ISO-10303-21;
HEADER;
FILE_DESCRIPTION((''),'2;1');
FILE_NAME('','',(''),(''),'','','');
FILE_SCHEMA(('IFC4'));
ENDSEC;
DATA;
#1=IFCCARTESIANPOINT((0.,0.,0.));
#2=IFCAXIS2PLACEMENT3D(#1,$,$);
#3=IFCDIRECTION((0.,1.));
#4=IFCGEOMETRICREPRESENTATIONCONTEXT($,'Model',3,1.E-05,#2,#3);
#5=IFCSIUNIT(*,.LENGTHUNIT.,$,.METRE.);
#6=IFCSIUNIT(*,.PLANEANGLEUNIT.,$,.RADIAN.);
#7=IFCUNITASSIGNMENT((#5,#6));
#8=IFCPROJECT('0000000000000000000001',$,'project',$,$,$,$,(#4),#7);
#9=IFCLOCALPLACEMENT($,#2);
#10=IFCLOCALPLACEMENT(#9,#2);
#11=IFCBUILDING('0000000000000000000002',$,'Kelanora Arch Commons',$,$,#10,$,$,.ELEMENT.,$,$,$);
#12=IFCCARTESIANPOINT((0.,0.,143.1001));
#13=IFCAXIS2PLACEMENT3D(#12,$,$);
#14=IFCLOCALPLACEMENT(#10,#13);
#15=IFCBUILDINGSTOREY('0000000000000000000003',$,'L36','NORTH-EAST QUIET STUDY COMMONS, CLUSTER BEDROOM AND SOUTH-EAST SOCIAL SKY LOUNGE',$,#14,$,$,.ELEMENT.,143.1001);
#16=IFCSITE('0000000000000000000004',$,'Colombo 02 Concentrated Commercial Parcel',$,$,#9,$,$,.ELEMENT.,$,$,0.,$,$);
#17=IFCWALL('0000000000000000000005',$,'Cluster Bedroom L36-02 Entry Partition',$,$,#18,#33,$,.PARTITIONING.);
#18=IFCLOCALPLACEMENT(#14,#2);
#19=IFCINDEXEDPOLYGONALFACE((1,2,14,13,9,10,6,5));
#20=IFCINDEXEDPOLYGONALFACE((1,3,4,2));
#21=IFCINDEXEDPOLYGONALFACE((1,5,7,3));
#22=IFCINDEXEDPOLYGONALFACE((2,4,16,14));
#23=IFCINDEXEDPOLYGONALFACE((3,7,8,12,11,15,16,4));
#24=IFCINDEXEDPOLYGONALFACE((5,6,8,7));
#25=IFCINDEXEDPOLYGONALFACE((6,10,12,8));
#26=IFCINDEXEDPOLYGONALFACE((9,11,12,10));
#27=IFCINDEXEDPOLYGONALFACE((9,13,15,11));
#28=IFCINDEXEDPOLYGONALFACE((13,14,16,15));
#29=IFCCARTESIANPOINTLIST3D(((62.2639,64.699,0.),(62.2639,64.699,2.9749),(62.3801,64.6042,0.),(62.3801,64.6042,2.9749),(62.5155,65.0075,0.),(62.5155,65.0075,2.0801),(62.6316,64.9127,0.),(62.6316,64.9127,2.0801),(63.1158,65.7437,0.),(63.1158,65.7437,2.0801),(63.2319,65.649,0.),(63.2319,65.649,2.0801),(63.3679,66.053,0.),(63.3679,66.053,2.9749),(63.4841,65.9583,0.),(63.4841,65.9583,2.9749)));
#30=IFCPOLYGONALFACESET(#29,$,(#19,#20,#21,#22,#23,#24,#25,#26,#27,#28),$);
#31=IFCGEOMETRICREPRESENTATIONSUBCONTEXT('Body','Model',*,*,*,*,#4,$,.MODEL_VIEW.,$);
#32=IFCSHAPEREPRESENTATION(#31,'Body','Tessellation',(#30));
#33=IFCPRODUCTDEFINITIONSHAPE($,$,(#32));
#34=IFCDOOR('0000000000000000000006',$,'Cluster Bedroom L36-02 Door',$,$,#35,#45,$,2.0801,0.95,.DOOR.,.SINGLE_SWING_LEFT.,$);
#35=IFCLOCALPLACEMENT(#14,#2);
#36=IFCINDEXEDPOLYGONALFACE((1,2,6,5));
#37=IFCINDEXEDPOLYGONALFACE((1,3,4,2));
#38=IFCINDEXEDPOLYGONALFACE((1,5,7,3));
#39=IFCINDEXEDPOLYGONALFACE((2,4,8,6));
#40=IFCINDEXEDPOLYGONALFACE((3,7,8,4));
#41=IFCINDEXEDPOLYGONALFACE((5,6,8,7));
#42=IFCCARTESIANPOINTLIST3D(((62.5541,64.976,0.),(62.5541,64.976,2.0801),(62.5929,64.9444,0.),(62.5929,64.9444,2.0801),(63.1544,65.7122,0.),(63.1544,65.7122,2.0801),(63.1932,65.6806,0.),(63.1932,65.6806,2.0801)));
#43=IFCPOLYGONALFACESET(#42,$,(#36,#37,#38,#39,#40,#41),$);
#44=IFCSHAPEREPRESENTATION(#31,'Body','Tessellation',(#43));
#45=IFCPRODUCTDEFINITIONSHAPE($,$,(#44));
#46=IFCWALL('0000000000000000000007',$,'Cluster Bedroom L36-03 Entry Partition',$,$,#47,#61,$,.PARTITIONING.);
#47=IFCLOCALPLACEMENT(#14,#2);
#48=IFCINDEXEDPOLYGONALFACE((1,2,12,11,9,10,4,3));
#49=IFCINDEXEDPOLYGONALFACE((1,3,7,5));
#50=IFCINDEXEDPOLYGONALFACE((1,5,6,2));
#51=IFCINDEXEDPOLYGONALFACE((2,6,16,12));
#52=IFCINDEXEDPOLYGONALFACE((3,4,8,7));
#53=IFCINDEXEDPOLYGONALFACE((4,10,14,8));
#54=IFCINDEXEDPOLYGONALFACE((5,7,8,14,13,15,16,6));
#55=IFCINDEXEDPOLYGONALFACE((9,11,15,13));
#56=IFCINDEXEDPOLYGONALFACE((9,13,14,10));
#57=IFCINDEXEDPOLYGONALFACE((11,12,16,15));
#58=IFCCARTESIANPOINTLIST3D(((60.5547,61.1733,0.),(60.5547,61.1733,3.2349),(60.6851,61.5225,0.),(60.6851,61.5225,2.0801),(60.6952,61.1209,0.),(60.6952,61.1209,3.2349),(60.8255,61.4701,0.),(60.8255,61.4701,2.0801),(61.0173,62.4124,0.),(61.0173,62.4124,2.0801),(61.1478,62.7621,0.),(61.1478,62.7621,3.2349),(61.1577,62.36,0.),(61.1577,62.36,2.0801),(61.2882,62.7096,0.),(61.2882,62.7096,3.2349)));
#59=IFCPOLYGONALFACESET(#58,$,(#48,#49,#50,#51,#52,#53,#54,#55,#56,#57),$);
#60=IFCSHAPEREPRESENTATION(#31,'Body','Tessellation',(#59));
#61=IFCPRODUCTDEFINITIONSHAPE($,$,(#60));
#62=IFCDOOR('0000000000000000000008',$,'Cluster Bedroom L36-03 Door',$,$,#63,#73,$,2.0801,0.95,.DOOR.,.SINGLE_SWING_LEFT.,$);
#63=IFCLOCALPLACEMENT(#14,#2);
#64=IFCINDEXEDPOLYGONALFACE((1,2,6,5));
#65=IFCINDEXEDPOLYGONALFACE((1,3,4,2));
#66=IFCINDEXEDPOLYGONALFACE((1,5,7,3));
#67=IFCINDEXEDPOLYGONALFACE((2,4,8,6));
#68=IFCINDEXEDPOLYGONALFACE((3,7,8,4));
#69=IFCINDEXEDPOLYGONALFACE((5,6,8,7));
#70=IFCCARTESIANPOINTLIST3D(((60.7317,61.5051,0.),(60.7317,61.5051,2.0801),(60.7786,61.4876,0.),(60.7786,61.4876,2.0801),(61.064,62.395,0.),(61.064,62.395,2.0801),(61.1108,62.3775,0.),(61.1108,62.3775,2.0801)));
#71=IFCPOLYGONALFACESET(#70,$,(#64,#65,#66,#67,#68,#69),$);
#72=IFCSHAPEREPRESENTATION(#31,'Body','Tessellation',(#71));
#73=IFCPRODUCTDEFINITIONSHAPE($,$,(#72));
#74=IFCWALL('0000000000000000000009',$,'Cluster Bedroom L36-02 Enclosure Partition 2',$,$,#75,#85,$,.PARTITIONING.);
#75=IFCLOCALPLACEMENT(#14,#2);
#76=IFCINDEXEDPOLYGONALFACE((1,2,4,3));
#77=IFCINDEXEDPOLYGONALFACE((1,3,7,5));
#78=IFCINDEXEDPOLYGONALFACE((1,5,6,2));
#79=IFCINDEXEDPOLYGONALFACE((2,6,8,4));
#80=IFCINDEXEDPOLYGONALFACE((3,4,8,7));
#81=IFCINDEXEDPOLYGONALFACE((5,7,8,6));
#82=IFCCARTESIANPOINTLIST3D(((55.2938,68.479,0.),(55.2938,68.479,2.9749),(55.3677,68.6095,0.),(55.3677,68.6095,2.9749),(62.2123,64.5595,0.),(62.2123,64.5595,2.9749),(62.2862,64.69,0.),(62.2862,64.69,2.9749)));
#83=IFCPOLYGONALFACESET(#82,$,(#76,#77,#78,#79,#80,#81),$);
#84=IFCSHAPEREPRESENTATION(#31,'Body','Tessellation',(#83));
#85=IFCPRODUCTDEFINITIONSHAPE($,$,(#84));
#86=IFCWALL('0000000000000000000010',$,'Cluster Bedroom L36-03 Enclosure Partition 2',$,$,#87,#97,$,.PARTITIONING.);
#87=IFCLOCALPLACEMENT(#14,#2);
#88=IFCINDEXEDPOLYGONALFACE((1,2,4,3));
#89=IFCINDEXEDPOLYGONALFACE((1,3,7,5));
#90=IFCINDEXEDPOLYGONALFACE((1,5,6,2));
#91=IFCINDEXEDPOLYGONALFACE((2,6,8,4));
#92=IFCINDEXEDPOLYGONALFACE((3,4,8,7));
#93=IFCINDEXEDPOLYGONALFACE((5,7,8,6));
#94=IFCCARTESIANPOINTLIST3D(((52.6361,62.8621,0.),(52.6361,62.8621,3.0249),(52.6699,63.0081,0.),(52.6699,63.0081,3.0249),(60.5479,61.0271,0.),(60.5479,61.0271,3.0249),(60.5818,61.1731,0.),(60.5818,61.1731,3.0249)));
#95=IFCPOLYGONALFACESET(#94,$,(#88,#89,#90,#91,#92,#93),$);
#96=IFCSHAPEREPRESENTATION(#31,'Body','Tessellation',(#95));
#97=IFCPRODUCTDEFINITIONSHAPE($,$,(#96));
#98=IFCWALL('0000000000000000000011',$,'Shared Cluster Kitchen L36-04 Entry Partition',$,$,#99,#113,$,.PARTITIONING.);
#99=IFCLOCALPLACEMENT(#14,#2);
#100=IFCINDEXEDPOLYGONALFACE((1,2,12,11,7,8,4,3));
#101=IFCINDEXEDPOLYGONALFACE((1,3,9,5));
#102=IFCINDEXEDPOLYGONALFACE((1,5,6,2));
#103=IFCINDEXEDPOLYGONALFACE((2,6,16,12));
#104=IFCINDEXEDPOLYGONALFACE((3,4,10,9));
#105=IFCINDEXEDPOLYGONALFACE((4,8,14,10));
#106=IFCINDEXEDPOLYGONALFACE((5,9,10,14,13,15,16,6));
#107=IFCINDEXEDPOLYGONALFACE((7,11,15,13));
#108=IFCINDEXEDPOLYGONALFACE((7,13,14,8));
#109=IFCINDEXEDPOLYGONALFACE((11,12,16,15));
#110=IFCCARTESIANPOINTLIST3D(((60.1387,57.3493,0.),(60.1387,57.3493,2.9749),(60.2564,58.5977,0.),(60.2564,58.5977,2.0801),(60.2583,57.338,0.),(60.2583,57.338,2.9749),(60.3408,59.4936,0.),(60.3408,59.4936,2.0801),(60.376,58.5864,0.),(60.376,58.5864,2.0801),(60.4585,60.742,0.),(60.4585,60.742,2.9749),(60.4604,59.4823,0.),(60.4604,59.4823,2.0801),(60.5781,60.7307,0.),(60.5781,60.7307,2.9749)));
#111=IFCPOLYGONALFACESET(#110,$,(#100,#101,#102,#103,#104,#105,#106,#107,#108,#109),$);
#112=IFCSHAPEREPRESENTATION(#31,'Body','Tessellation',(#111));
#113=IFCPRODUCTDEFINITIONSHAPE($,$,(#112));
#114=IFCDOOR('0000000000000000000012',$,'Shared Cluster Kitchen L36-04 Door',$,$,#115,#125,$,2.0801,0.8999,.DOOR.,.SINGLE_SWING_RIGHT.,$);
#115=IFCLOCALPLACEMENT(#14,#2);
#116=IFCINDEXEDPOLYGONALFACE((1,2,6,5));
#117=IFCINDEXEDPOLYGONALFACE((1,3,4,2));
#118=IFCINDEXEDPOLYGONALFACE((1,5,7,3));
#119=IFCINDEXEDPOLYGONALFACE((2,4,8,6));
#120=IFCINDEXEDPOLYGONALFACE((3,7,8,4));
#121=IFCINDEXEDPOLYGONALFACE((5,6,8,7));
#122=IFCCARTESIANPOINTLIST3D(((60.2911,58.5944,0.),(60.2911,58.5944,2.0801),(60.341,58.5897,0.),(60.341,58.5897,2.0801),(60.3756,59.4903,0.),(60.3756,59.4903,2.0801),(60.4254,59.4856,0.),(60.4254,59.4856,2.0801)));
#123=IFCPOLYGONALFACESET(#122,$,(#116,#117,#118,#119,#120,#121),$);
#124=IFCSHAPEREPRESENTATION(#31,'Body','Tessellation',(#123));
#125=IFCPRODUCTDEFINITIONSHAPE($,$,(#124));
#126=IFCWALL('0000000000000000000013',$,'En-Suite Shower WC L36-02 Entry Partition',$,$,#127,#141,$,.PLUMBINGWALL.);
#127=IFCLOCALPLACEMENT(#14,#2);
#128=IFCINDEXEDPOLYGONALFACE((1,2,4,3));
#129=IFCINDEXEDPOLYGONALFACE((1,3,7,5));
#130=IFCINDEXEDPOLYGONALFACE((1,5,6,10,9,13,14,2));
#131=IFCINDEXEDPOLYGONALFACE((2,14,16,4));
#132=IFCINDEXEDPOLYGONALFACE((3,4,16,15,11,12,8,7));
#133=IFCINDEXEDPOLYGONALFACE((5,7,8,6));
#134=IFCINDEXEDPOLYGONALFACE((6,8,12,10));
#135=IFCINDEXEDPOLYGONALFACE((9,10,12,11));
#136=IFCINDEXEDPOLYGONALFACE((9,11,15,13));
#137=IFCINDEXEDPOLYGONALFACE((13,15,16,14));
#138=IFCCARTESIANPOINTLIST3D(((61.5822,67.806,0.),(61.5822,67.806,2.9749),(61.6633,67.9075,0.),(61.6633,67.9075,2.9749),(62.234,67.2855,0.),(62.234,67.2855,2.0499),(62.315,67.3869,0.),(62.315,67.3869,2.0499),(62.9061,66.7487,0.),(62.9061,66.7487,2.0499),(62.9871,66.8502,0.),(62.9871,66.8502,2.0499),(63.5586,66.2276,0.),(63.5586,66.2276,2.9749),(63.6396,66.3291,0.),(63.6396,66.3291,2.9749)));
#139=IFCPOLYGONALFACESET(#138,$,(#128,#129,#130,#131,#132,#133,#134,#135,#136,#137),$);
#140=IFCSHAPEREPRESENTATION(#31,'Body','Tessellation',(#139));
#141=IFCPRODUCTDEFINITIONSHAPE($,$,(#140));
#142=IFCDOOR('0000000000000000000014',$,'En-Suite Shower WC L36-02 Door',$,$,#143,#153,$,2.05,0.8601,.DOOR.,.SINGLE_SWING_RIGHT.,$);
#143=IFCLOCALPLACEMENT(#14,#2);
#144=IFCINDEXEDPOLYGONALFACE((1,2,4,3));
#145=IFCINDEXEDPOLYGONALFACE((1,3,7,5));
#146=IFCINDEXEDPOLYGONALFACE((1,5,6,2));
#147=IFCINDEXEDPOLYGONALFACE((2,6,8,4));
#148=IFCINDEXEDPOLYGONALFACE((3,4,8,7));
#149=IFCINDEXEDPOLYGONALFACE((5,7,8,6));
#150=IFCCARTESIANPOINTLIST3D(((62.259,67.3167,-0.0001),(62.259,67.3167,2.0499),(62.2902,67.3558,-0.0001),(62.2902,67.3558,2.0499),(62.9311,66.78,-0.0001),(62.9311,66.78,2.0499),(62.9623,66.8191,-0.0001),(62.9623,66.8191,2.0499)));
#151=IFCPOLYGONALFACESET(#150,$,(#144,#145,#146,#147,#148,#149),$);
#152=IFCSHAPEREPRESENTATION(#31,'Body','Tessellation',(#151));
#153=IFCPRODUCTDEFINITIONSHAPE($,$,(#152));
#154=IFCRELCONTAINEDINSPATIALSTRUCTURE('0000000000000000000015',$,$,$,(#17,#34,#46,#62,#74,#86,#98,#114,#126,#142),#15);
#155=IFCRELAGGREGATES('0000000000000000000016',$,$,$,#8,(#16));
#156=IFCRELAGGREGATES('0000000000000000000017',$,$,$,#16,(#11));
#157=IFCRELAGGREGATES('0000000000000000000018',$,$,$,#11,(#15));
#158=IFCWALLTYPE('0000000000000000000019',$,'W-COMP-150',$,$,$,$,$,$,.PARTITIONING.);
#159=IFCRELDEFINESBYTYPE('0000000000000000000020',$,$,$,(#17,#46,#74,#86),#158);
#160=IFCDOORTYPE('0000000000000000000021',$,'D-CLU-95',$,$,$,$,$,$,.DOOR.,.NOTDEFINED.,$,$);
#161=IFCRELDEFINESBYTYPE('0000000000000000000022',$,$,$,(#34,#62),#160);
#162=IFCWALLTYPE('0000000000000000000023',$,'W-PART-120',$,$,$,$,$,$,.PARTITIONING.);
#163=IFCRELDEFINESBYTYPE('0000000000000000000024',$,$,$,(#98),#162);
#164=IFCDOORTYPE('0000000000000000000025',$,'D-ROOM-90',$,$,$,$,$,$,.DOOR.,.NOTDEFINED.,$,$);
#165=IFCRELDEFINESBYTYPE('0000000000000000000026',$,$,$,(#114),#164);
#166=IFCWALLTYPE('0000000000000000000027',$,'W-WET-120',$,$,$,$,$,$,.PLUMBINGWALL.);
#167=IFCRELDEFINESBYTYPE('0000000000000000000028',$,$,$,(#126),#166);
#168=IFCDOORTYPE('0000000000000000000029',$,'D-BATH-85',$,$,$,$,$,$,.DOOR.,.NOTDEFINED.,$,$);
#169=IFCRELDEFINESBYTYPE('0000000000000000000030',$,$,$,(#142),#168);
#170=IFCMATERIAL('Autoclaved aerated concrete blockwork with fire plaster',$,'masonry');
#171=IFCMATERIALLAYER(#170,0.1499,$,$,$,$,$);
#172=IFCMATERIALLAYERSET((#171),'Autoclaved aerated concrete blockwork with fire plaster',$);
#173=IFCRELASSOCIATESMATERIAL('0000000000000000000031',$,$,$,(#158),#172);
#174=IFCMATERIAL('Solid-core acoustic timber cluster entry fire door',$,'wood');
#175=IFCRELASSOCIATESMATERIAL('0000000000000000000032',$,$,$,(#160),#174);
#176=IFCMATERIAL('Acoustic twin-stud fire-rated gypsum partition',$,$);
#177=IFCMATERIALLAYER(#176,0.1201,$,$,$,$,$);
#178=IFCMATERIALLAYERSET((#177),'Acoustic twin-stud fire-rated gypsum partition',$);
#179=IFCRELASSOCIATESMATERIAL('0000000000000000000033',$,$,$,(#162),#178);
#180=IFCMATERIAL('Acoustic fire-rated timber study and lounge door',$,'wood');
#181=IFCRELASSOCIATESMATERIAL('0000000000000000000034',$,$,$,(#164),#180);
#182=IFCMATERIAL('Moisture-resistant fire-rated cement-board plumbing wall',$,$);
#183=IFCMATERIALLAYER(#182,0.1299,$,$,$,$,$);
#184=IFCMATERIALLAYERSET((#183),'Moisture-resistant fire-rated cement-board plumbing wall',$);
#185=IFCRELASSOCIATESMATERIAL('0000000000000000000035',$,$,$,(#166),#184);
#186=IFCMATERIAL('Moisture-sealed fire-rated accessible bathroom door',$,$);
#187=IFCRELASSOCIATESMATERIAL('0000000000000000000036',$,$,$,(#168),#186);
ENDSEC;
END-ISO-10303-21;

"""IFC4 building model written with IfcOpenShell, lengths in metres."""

from ifc_helpers import new_model, si_unit, direction, frame, frame_2d, origin, place, context, subcontext, project, spatial, rectangle, extrude, material, layer, layer_set, type_object, element, fill, save


model = new_model("IFC4")

# Units and contexts
model_context = context("Model", 3, precision=1e-05, world=origin(), true_north=direction((0.0, 1.0)))
body_context = subcontext(model_context, "Body", "Model", "MODEL_VIEW")
ifc_project = project(units=[si_unit("LENGTHUNIT", "METRE"), si_unit("PLANEANGLEUNIT", "RADIAN")], contexts=[model_context])

# Site, building, storey
site_placement = place(None, origin())
site = spatial("IfcSite", under=ifc_project, at=site_placement, Name="Colombo 02 Concentrated Commercial Parcel", CompositionType="ELEMENT", RefElevation=0.0)
building_placement = place(site_placement, origin())
building = spatial("IfcBuilding", under=site, at=building_placement, Name="Kelanora Arch Commons", CompositionType="ELEMENT")
storey_placement = place(building_placement, frame((0.0, 0.0, 143.1001)))
storey = spatial("IfcBuildingStorey", under=building, at=storey_placement, Name="L36", Description="NORTH-EAST QUIET STUDY COMMONS, CLUSTER BEDROOM AND SOUTH-EAST SOCIAL SKY LOUNGE", CompositionType="ELEMENT", Elevation=143.1001)

# Walls, openings, doors
ifc_material_1 = material(Name="Autoclaved aerated concrete blockwork with fire plaster", Category="masonry")
ifc_layer_1 = layer(ifc_material_1, 0.1499)
ifc_layer_set_1 = layer_set([ifc_layer_1], Name="Autoclaved aerated concrete blockwork with fire plaster")
wall_type_1 = type_object("IfcWallType", Name="W-COMP-150", PredefinedType="PARTITIONING", material=ifc_layer_set_1)
wall_1_placement = place(storey_placement, frame((63.426, 66.0056, 0.0), z_axis=(0.0, 0.0, 1.0), x_axis=(-0.631928, -0.775027, 0.0)))
wall_1 = element("IfcWall", 1, at=wall_1_placement, inside=storey, type_object=wall_type_1, Name="Cluster Bedroom L36-02 Entry Partition", PredefinedType="PARTITIONING", context=body_context, shape_type="SweptSolid", body=[
    extrude(rectangle(XDim=1.7471, YDim=0.1499, at=frame_2d((0.8735, 0.0))), origin(), (0.0, 0.0, 1.0), 2.9749),
])
opening_1_placement = place(wall_1_placement, frame((0.3989, 0.0, 0.0)))
opening_1 = element("IfcOpeningElement", 2, at=opening_1_placement, cuts=wall_1, PredefinedType="OPENING", context=body_context, shape_type="SweptSolid", body=[
    extrude(rectangle(XDim=0.95, YDim=2.0801, at=frame_2d((0.4751, 1.04))), frame((0.0, 0.085, 0.0), z_axis=(0.0, -1.0, 0.0), x_axis=(1.0, 0.0, 0.0)), (0.0, 0.0, 1.0), 0.1699),
])
ifc_material_2 = material(Name="Solid-core acoustic timber cluster entry fire door", Category="wood")
door_type_1 = type_object("IfcDoorType", Name="D-CLU-95", OperationType="NOTDEFINED", PredefinedType="DOOR", material=ifc_material_2)
door_1_placement = place(opening_1_placement, origin())
door_1 = element("IfcDoor", 3, at=door_1_placement, inside=storey, type_object=door_type_1, Name="Cluster Bedroom L36-02 Door", OperationType="SINGLE_SWING_LEFT", OverallHeight=2.0801, OverallWidth=0.95, PredefinedType="DOOR", context=body_context, shape_type="SweptSolid", body=[
    extrude(rectangle(XDim=0.95, YDim=2.0801, at=frame_2d((0.4751, 1.04))), frame((0.0, 0.0249, 0.0), z_axis=(0.0, -1.0, 0.0), x_axis=(1.0, 0.0, 0.0)), (0.0, 0.0, 1.0), 0.05),
])
fill(opening_1, door_1)
wall_2_placement = place(storey_placement, frame((61.218, 62.7358, 0.0), z_axis=(0.0, 0.0, 1.0), x_axis=(-0.349719, -0.936855, 0.0)))
wall_2 = element("IfcWall", 4, at=wall_2_placement, inside=storey, type_object=wall_type_1, Name="Cluster Bedroom L36-03 Entry Partition", PredefinedType="PARTITIONING", context=body_context, shape_type="SweptSolid", body=[
    extrude(rectangle(XDim=1.6958, YDim=0.1499, at=frame_2d((0.8479, 0.0))), origin(), (0.0, 0.0, 1.0), 3.2349),
])
opening_2_placement = place(wall_2_placement, frame((0.373, 0.0, 0.0)))
opening_2 = element("IfcOpeningElement", 5, at=opening_2_placement, cuts=wall_2, PredefinedType="OPENING", context=body_context, shape_type="SweptSolid", body=[
    extrude(rectangle(XDim=0.95, YDim=2.0801, at=frame_2d((0.4751, 1.04))), frame((0.0, 0.085, 0.0), z_axis=(0.0, -1.0, 0.0), x_axis=(1.0, 0.0, 0.0)), (0.0, 0.0, 1.0), 0.1699),
])
door_2_placement = place(opening_2_placement, origin())
door_2 = element("IfcDoor", 6, at=door_2_placement, inside=storey, type_object=door_type_1, Name="Cluster Bedroom L36-03 Door", OperationType="SINGLE_SWING_LEFT", OverallHeight=2.0801, OverallWidth=0.95, PredefinedType="DOOR", context=body_context, shape_type="SweptSolid", body=[
    extrude(rectangle(XDim=0.95, YDim=2.0801, at=frame_2d((0.4751, 1.04))), frame((0.0, 0.0249, 0.0), z_axis=(0.0, -1.0, 0.0), x_axis=(1.0, 0.0, 0.0)), (0.0, 0.0, 1.0), 0.05),
])
fill(opening_2, door_2)

# Walls
wall_3_placement = place(storey_placement, frame((62.2493, 64.6248, 0.0), z_axis=(0.0, 0.0, 1.0), x_axis=(-0.870077, 0.492915, 0.0)))
element("IfcWall", 7, at=wall_3_placement, inside=storey, type_object=wall_type_1, Name="Cluster Bedroom L36-02 Enclosure Partition 2", PredefinedType="PARTITIONING", context=body_context, shape_type="SweptSolid", body=[
    extrude(rectangle(XDim=7.9517, YDim=0.1499, at=frame_2d((3.9758, 0.0))), origin(), (0.0, 0.0, 1.0), 2.9749),
])
wall_4_placement = place(storey_placement, frame((60.5649, 61.1001, 0.0), z_axis=(0.0, 0.0, 1.0), x_axis=(-0.974144, 0.225929, 0.0)))
element("IfcWall", 8, at=wall_4_placement, inside=storey, type_object=wall_type_1, Name="Cluster Bedroom L36-03 Enclosure Partition 2", PredefinedType="PARTITIONING", context=body_context, shape_type="SweptSolid", body=[
    extrude(rectangle(XDim=8.1218, YDim=0.1499, at=frame_2d((4.061, 0.0))), origin(), (0.0, 0.0, 1.0), 3.0249),
])

# Walls, openings, doors
ifc_material_3 = material(Name="Acoustic twin-stud fire-rated gypsum partition")
ifc_layer_2 = layer(ifc_material_3, 0.1201)
ifc_layer_set_2 = layer_set([ifc_layer_2], Name="Acoustic twin-stud fire-rated gypsum partition")
wall_type_2 = type_object("IfcWallType", Name="W-PART-120", PredefinedType="PARTITIONING", material=ifc_layer_set_2)
wall_5_placement = place(storey_placement, frame((60.5183, 60.7363, 0.0), z_axis=(0.0, 0.0, 1.0), x_axis=(-0.093856, -0.995586, 0.0)))
wall_5 = element("IfcWall", 9, at=wall_5_placement, inside=storey, type_object=wall_type_2, Name="Shared Cluster Kitchen L36-04 Entry Partition", PredefinedType="PARTITIONING", context=body_context, shape_type="SweptSolid", body=[
    extrude(rectangle(XDim=3.4077, YDim=0.1201, at=frame_2d((1.7039, 0.0))), origin(), (0.0, 0.0, 1.0), 2.9749),
])
opening_3_placement = place(wall_5_placement, frame((1.2539, 0.0, 0.0)))
opening_3 = element("IfcOpeningElement", 10, at=opening_3_placement, cuts=wall_5, PredefinedType="OPENING", context=body_context, shape_type="SweptSolid", body=[
    extrude(rectangle(XDim=0.8999, YDim=2.0801, at=frame_2d((0.45, 1.04))), frame((0.0, 0.0701, 0.0), z_axis=(0.0, -1.0, 0.0), x_axis=(1.0, 0.0, 0.0)), (0.0, 0.0, 1.0), 0.1401),
])
ifc_material_4 = material(Name="Acoustic fire-rated timber study and lounge door", Category="wood")
door_type_2 = type_object("IfcDoorType", Name="D-ROOM-90", OperationType="NOTDEFINED", PredefinedType="DOOR", material=ifc_material_4)
door_3_placement = place(opening_3_placement, origin())
door_3 = element("IfcDoor", 11, at=door_3_placement, inside=storey, type_object=door_type_2, Name="Shared Cluster Kitchen L36-04 Door", OperationType="SINGLE_SWING_RIGHT", OverallHeight=2.0801, OverallWidth=0.8999, PredefinedType="DOOR", context=body_context, shape_type="SweptSolid", body=[
    extrude(rectangle(XDim=0.8999, YDim=2.0801, at=frame_2d((0.45, 1.04))), frame((0.0, 0.0249, 0.0), z_axis=(0.0, -1.0, 0.0), x_axis=(1.0, 0.0, 0.0)), (0.0, 0.0, 1.0), 0.05),
])
fill(opening_3, door_3)
ifc_material_5 = material(Name="Moisture-resistant fire-rated cement-board plumbing wall")
ifc_layer_3 = layer(ifc_material_5, 0.1299)
ifc_layer_set_3 = layer_set([ifc_layer_3], Name="Moisture-resistant fire-rated cement-board plumbing wall")
wall_type_3 = type_object("IfcWallType", Name="W-WET-120", PredefinedType="PLUMBINGWALL", material=ifc_layer_set_3)
wall_6_placement = place(storey_placement, frame((63.5991, 66.2783, 0.0), z_axis=(0.0, 0.0, 1.0), x_axis=(-0.781386, 0.624047, 0.0)))
wall_6 = element("IfcWall", 12, at=wall_6_placement, inside=storey, type_object=wall_type_3, Name="En-Suite Shower WC L36-02 Entry Partition", PredefinedType="PLUMBINGWALL", context=body_context, shape_type="SweptSolid", body=[
    extrude(rectangle(XDim=2.5293, YDim=0.1299, at=frame_2d((1.2646, 0.0))), origin(), (0.0, 0.0, 1.0), 2.9749),
])
opening_4_placement = place(wall_6_placement, frame((0.835, 0.0, 0.0)))
opening_4 = element("IfcOpeningElement", 13, at=opening_4_placement, cuts=wall_6, PredefinedType="OPENING", context=body_context, shape_type="SweptSolid", body=[
    extrude(rectangle(XDim=0.8601, YDim=2.05, at=frame_2d((0.4302, 1.0249))), frame((0.0, 0.075, 0.0), z_axis=(0.0, -1.0, 0.0), x_axis=(1.0, 0.0, 0.0)), (0.0, 0.0, 1.0), 0.1499),
])
ifc_material_6 = material(Name="Moisture-sealed fire-rated accessible bathroom door")
door_type_3 = type_object("IfcDoorType", Name="D-BATH-85", OperationType="NOTDEFINED", PredefinedType="DOOR", material=ifc_material_6)
door_4_placement = place(opening_4_placement, origin())
door_4 = element("IfcDoor", 14, at=door_4_placement, inside=storey, type_object=door_type_3, Name="En-Suite Shower WC L36-02 Door", OperationType="SINGLE_SWING_RIGHT", OverallHeight=2.05, OverallWidth=0.8601, PredefinedType="DOOR", context=body_context, shape_type="SweptSolid", body=[
    extrude(rectangle(XDim=0.8601, YDim=2.05, at=frame_2d((0.4302, 1.0249))), frame((0.0, 0.0249, 0.0), z_axis=(0.0, -1.0, 0.0), x_axis=(1.0, 0.0, 0.0)), (0.0, 0.0, 1.0), 0.05),
])
fill(opening_4, door_4)

save(model, "model.ifc")
